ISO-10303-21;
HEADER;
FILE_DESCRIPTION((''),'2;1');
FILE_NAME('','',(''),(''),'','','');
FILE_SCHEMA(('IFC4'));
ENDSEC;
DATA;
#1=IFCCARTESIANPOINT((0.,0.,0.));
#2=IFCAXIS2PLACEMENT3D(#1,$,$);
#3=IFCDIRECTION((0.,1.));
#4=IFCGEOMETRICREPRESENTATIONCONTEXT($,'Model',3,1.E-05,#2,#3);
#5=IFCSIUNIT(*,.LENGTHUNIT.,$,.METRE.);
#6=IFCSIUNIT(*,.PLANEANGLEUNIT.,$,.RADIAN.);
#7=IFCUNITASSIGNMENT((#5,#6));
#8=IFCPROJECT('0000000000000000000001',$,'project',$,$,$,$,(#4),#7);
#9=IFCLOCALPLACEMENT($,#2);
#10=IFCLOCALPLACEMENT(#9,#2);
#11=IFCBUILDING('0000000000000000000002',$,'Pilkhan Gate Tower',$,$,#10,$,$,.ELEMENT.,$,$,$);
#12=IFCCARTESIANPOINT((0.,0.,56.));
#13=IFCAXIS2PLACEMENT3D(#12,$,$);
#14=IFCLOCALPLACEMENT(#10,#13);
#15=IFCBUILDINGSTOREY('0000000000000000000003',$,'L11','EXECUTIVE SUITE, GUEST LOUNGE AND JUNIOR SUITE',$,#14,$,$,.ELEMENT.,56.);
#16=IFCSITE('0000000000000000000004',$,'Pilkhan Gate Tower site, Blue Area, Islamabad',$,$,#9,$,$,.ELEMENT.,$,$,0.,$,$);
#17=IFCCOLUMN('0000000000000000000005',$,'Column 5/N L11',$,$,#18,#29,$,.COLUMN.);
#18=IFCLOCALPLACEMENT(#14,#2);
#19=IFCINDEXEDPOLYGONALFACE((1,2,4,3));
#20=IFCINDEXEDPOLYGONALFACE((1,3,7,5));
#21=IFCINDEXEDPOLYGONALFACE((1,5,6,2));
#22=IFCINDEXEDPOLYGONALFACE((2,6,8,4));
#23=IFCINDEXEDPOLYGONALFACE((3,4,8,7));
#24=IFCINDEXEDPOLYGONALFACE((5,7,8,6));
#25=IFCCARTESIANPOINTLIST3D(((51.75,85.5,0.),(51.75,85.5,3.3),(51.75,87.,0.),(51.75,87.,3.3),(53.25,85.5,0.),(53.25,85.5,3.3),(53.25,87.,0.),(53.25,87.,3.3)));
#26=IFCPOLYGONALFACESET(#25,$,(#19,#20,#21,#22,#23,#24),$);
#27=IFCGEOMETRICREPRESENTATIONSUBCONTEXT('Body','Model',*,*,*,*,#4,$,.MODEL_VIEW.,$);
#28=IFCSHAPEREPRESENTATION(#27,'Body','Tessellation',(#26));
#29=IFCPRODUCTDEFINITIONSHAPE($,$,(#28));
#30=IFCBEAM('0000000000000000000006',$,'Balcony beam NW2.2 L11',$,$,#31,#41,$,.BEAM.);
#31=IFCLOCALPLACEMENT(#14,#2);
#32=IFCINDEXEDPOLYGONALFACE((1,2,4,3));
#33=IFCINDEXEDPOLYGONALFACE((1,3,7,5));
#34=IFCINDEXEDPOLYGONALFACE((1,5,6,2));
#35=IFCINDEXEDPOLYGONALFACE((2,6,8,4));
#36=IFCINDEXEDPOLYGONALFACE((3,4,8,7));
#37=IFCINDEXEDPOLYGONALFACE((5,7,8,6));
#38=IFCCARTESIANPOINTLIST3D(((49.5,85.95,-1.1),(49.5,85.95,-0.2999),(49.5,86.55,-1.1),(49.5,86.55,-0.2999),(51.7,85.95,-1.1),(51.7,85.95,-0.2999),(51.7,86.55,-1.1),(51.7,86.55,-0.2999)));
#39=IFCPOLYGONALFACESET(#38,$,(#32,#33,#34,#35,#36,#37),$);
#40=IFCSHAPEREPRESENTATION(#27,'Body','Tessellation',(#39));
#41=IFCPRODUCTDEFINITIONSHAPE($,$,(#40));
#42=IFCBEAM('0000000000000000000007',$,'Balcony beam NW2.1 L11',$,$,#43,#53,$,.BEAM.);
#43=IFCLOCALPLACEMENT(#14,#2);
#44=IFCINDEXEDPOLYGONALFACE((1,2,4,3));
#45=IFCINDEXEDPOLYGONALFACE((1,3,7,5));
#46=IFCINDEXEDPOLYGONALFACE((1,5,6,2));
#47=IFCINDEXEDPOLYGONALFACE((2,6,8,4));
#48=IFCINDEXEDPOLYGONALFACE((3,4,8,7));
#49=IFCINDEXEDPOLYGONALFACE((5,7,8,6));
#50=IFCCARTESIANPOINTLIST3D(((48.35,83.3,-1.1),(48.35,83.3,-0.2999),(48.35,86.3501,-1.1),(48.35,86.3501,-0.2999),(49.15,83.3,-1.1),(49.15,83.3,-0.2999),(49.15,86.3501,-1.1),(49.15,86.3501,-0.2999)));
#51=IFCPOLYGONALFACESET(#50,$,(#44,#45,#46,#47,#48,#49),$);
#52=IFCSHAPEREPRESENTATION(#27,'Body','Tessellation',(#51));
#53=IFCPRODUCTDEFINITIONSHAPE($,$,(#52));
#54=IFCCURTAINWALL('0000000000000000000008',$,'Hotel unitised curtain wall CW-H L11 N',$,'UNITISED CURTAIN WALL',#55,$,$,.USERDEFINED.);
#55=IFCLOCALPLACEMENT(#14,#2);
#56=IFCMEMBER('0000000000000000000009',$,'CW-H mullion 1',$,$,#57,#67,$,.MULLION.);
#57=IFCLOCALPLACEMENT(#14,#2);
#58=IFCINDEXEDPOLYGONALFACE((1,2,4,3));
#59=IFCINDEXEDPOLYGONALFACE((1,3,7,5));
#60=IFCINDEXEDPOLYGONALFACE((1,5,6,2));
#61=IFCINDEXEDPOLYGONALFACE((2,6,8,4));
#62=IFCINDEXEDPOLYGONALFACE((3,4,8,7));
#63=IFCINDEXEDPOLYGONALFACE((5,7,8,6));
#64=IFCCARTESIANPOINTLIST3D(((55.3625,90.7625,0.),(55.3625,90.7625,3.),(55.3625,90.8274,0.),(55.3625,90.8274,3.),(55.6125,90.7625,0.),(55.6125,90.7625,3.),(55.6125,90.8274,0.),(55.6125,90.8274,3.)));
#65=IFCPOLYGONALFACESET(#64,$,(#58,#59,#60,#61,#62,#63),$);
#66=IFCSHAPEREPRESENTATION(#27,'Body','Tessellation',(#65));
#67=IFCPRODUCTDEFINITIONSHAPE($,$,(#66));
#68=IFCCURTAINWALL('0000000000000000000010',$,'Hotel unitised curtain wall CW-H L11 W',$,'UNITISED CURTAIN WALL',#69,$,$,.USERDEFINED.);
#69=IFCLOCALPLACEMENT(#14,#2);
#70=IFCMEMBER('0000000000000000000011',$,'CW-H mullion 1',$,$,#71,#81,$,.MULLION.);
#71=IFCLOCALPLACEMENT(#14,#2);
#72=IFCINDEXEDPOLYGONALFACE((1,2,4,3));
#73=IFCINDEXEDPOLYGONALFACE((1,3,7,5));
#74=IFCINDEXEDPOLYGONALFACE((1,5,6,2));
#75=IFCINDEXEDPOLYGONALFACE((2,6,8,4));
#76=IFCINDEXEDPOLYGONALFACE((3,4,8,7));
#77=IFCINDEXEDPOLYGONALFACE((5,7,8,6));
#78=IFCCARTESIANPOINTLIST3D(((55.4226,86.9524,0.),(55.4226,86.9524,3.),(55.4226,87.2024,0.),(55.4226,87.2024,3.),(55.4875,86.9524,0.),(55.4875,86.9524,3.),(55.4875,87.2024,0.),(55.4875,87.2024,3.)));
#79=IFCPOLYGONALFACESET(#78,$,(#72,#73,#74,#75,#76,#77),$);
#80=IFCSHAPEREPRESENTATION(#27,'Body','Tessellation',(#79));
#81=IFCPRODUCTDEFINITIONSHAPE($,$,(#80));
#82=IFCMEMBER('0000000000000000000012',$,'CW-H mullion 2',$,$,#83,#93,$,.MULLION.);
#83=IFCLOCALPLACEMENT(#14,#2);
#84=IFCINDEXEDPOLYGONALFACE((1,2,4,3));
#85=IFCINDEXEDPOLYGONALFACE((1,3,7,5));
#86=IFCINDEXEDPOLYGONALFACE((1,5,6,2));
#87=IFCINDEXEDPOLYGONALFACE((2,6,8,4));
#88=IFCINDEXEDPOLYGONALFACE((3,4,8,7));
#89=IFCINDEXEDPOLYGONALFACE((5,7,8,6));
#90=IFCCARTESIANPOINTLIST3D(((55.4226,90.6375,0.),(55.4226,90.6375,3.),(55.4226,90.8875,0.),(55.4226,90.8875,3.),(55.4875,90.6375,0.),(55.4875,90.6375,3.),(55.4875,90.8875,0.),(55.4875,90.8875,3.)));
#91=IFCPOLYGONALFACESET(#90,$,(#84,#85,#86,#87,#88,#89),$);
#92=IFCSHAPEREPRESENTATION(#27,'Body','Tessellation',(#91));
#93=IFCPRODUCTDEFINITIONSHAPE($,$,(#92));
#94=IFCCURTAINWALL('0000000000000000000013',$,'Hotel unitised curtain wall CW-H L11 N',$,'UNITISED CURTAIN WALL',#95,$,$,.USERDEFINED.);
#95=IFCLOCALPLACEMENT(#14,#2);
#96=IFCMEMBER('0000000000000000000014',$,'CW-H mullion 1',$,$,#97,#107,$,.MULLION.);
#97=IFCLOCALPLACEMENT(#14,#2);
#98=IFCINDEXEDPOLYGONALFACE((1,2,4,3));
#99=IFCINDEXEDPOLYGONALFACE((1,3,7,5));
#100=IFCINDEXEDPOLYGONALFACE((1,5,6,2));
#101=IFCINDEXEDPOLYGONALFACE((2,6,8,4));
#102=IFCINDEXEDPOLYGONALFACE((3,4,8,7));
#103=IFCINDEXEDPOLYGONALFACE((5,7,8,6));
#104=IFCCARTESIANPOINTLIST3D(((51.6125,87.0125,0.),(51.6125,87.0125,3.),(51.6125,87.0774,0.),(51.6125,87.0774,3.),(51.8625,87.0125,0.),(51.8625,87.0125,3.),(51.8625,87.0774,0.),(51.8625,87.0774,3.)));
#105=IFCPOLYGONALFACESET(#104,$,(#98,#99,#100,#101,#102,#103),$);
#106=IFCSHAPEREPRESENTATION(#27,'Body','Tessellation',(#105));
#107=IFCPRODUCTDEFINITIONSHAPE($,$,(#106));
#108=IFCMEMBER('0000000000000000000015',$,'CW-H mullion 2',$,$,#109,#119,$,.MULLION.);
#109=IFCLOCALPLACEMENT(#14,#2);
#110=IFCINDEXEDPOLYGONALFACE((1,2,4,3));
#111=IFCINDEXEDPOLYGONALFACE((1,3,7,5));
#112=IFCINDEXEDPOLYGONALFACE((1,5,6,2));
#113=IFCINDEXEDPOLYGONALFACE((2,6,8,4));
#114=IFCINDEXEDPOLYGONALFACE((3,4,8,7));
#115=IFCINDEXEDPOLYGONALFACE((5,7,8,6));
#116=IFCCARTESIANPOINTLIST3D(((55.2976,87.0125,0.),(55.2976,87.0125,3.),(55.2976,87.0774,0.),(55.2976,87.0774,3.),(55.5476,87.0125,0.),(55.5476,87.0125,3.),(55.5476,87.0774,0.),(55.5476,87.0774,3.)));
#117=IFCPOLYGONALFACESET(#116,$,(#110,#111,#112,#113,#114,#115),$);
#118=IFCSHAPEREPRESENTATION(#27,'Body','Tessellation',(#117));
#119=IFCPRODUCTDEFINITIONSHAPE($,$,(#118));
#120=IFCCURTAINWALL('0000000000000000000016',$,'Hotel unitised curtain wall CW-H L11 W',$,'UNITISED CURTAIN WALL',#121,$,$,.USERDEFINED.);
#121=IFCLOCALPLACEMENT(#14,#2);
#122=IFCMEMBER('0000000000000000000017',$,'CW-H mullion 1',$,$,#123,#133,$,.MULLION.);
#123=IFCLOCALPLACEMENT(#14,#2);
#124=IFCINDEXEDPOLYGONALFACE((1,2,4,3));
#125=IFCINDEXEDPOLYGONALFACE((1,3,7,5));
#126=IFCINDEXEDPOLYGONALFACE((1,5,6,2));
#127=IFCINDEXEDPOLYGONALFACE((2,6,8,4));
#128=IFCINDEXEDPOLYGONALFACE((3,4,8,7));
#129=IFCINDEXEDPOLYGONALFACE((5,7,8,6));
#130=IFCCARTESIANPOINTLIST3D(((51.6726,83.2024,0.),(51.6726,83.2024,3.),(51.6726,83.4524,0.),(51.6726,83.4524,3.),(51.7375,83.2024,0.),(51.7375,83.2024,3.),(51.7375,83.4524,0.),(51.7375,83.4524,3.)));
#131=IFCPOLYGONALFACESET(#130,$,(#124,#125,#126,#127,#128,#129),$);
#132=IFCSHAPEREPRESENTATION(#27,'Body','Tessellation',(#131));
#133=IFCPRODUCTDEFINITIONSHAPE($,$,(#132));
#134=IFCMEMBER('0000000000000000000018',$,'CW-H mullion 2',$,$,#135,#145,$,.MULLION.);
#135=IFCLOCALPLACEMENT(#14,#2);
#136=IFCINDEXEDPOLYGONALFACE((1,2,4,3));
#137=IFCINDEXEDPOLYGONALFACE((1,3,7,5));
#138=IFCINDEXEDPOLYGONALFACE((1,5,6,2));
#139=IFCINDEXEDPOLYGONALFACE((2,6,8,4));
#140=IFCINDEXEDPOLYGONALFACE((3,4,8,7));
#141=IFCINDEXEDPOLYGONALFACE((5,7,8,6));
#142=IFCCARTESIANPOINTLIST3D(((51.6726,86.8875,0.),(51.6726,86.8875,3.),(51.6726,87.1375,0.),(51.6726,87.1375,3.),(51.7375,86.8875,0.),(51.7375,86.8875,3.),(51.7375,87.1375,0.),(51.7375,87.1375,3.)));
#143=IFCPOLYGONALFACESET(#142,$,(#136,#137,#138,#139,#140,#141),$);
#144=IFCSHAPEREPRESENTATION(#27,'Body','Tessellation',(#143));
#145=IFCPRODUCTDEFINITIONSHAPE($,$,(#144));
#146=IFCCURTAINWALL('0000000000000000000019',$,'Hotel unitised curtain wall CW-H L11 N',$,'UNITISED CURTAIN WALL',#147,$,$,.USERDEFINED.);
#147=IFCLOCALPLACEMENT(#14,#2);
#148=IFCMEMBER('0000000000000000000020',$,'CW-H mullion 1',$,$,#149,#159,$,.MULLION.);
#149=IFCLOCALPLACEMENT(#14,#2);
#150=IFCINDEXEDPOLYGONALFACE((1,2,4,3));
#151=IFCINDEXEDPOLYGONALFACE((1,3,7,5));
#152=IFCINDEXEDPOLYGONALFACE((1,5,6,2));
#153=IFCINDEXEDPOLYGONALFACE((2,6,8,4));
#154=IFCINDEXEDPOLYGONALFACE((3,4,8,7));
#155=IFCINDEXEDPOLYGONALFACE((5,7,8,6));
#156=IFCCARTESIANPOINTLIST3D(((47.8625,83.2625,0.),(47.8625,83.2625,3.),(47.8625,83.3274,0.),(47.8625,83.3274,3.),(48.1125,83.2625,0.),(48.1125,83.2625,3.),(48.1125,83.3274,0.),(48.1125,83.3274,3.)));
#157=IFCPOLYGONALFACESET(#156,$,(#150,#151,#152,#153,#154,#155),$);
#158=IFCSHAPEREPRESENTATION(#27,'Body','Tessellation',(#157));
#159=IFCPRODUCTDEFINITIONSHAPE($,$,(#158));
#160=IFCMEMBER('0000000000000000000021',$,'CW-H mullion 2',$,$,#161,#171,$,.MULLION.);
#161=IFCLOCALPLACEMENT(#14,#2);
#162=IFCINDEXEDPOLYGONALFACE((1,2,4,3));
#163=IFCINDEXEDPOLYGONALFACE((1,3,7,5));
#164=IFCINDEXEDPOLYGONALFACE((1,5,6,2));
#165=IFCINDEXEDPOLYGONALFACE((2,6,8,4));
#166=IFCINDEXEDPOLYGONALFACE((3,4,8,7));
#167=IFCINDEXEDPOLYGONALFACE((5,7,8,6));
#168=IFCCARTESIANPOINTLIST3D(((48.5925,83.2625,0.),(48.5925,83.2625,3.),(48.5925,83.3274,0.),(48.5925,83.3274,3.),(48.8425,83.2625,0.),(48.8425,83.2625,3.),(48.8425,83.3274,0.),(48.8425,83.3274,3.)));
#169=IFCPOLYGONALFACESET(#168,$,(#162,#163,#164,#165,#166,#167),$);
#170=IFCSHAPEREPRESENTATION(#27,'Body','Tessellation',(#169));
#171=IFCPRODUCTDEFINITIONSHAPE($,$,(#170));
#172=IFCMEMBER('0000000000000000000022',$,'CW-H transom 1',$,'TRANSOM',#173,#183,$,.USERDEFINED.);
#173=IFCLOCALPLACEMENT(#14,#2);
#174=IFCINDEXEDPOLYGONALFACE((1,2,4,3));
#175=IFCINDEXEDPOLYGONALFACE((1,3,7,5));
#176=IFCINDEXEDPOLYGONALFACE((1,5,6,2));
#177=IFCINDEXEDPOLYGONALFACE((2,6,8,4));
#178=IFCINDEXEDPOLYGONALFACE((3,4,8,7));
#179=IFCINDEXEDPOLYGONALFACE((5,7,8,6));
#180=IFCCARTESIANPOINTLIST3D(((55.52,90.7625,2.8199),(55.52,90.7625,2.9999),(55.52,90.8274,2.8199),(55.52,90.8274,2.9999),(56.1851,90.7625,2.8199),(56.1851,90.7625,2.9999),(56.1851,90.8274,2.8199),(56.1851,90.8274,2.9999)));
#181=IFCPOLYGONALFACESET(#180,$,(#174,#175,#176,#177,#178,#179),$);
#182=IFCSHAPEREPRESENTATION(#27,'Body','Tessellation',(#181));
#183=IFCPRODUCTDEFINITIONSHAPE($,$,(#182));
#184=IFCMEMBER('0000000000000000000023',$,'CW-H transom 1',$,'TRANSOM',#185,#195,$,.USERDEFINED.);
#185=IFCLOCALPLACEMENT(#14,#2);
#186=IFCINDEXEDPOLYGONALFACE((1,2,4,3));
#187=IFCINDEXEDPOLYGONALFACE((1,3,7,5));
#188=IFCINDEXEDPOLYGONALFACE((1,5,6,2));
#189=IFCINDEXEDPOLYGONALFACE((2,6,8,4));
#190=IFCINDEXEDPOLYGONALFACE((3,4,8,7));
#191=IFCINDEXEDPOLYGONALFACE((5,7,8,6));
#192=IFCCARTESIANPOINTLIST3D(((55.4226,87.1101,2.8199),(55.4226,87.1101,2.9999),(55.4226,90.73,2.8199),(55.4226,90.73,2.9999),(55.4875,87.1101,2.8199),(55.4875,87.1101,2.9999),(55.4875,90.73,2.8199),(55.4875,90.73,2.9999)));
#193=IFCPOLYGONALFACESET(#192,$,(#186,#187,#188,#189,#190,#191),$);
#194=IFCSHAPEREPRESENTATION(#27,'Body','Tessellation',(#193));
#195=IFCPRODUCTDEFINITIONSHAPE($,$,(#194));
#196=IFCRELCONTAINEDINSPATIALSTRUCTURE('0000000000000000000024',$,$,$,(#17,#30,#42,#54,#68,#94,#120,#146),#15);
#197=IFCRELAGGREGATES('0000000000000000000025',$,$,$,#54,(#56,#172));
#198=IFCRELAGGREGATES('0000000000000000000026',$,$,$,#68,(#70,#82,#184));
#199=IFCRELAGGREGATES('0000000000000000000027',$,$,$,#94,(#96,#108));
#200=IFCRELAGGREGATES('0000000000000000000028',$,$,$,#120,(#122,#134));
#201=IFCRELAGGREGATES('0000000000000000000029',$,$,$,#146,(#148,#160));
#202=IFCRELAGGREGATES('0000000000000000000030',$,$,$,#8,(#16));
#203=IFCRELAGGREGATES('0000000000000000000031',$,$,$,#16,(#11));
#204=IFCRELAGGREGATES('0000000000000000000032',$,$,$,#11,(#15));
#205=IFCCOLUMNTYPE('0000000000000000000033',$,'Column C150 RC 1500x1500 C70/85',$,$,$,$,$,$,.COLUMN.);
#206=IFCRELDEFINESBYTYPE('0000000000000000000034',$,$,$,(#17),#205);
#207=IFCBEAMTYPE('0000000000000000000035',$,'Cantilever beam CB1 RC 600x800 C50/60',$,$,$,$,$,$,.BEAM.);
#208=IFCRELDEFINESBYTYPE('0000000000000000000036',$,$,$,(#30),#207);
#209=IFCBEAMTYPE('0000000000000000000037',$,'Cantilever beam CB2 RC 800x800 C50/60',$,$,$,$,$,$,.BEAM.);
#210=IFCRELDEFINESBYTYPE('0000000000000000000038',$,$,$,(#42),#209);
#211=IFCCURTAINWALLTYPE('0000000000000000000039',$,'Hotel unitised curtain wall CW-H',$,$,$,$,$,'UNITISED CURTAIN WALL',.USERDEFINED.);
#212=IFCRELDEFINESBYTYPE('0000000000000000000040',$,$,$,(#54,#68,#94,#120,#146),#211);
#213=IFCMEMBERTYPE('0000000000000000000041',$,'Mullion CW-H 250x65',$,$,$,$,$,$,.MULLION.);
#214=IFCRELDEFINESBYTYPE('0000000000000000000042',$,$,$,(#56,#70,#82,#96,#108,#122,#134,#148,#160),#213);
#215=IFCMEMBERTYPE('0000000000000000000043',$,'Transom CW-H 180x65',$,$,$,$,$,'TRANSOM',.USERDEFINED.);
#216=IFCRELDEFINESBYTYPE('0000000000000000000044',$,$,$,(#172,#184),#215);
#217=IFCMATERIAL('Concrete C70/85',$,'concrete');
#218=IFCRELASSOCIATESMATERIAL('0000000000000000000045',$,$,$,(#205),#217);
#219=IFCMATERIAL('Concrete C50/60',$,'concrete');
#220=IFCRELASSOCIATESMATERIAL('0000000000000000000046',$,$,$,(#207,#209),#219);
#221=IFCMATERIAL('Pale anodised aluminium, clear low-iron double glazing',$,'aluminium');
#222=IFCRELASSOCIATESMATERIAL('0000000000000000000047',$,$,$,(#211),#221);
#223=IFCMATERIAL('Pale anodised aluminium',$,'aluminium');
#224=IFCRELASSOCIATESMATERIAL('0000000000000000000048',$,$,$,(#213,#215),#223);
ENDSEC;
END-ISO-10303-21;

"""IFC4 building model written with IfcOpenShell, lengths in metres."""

from ifc_helpers import new_model, si_unit, direction, frame, origin, origin_2d, place, context, subcontext, project, spatial, rectangle, extrude, material, material_profile, profile_set, type_object, element, aggregate, save


model = new_model("IFC4")

# Units and contexts
model_context = context("Model", 3, precision=1e-05, world=origin(), true_north=direction((0.0, 1.0)))
body_context = subcontext(model_context, "Body", "Model", "MODEL_VIEW")
ifc_project = project(units=[si_unit("LENGTHUNIT", "METRE"), si_unit("PLANEANGLEUNIT", "RADIAN")], contexts=[model_context])

# Site, building, storey
site_placement = place(None, origin())
site = spatial("IfcSite", under=ifc_project, at=site_placement, Name="Pilkhan Gate Tower site, Blue Area, Islamabad", CompositionType="ELEMENT", RefElevation=0.0)
building_placement = place(site_placement, origin())
building = spatial("IfcBuilding", under=site, at=building_placement, Name="Pilkhan Gate Tower", CompositionType="ELEMENT")
storey_placement = place(building_placement, frame((0.0, 0.0, 56.0)))
storey = spatial("IfcBuildingStorey", under=building, at=storey_placement, Name="L11", Description="EXECUTIVE SUITE, GUEST LOUNGE AND JUNIOR SUITE", CompositionType="ELEMENT", Elevation=56.0)

# Column
ifc_material_1 = material(Name="Concrete C70/85", Category="concrete")
ifc_material_profile_1 = material_profile(ifc_material_1, rectangle(XDim=1.5, YDim=1.5, at=origin_2d()), Name="RC 1500x1500")
ifc_profile_set_1 = profile_set([ifc_material_profile_1], Name="Concrete C70/85")
column_type = type_object("IfcColumnType", Name="Column C150 RC 1500x1500 C70/85", PredefinedType="COLUMN", material=ifc_profile_set_1)
column_placement = place(storey_placement, frame((52.5, 86.25, 0.0), z_axis=(0.0, 0.0, 1.0), x_axis=(1.0, 0.0, 0.0)))
element("IfcColumn", 1, at=column_placement, inside=storey, type_object=column_type, Name="Column 5/N L11", PredefinedType="COLUMN", context=body_context, shape_type="SweptSolid", body=[
    extrude(rectangle(XDim=1.5, YDim=1.5, at=origin_2d()), origin(), (0.0, 0.0, 1.0), 3.3),
])

# Beams
ifc_material_2 = material(Name="Concrete C50/60", Category="concrete")
ifc_material_profile_2 = material_profile(ifc_material_2, rectangle(XDim=0.6001, YDim=0.8, at=origin_2d()), Name="RC 600x800")
ifc_profile_set_2 = profile_set([ifc_material_profile_2], Name="Concrete C50/60")
beam_type_1 = type_object("IfcBeamType", Name="Cantilever beam CB1 RC 600x800 C50/60", PredefinedType="BEAM", material=ifc_profile_set_2)
beam_1_placement = place(storey_placement, frame((51.7, 86.25, -0.7), z_axis=(-1.0, 0.0, 0.0), x_axis=(0.0, -1.0, 0.0)))
element("IfcBeam", 2, at=beam_1_placement, inside=storey, type_object=beam_type_1, Name="Balcony beam NW2.2 L11", PredefinedType="BEAM", context=body_context, shape_type="SweptSolid", body=[
    extrude(rectangle(XDim=0.6001, YDim=0.8, at=origin_2d()), origin(), (0.0, 0.0, 1.0), 2.2),
])
ifc_material_profile_3 = material_profile(ifc_material_2, rectangle(XDim=0.8, YDim=0.8, at=origin_2d()), Name="RC 800x800")
ifc_profile_set_3 = profile_set([ifc_material_profile_3], Name="Concrete C50/60")
beam_type_2 = type_object("IfcBeamType", Name="Cantilever beam CB2 RC 800x800 C50/60", PredefinedType="BEAM", material=ifc_profile_set_3)
beam_2_placement = place(storey_placement, frame((48.75, 83.3, -0.7), z_axis=(0.0, 1.0, 0.0), x_axis=(-1.0, 0.0, 0.0)))
element("IfcBeam", 3, at=beam_2_placement, inside=storey, type_object=beam_type_2, Name="Balcony beam NW2.1 L11", PredefinedType="BEAM", context=body_context, shape_type="SweptSolid", body=[
    extrude(rectangle(XDim=0.8, YDim=0.8, at=origin_2d()), origin(), (0.0, 0.0, 1.0), 3.05),
])

# Curtain wall, member
ifc_material_3 = material(Name="Pale anodised aluminium, clear low-iron double glazing", Category="aluminium")
curtain_wall_type = type_object("IfcCurtainWallType", Name="Hotel unitised curtain wall CW-H", ElementType="UNITISED CURTAIN WALL", PredefinedType="USERDEFINED", material=ifc_material_3)
curtain_wall_1_placement = place(storey_placement, origin())
curtain_wall_1 = element("IfcCurtainWall", 4, at=curtain_wall_1_placement, inside=storey, type_object=curtain_wall_type, Name="Hotel unitised curtain wall CW-H L11 N", ObjectType="UNITISED CURTAIN WALL", PredefinedType="USERDEFINED")
ifc_material_4 = material(Name="Pale anodised aluminium", Category="aluminium")
ifc_material_profile_4 = material_profile(ifc_material_4, rectangle(XDim=0.0649, YDim=0.25, at=origin_2d()), Name="Mullion 250x65")
ifc_profile_set_4 = profile_set([ifc_material_profile_4], Name="Pale anodised aluminium")
member_type_1 = type_object("IfcMemberType", Name="Mullion CW-H 250x65", PredefinedType="MULLION", material=ifc_profile_set_4)
member_1_placement = place(storey_placement, frame((55.4875, 90.7949, 0.0), z_axis=(0.0, 0.0, 1.0), x_axis=(0.0, 1.0, 0.0)))
member_1 = element("IfcMember", 5, at=member_1_placement, type_object=member_type_1, Name="CW-H mullion 1", PredefinedType="MULLION", context=body_context, shape_type="SweptSolid", body=[
    extrude(rectangle(XDim=0.0649, YDim=0.25, at=origin_2d()), origin(), (0.0, 0.0, 1.0), 3.0),
])

# Curtain walls, members
curtain_wall_2_placement = place(storey_placement, origin())
curtain_wall_2 = element("IfcCurtainWall", 6, at=curtain_wall_2_placement, inside=storey, type_object=curtain_wall_type, Name="Hotel unitised curtain wall CW-H L11 W", ObjectType="UNITISED CURTAIN WALL", PredefinedType="USERDEFINED")
member_2_placement = place(storey_placement, frame((55.4551, 87.0774, 0.0), z_axis=(0.0, 0.0, 1.0), x_axis=(-1.0, 0.0, 0.0)))
member_2 = element("IfcMember", 7, at=member_2_placement, type_object=member_type_1, Name="CW-H mullion 1", PredefinedType="MULLION", context=body_context, shape_type="SweptSolid", body=[
    extrude(rectangle(XDim=0.0649, YDim=0.25, at=origin_2d()), origin(), (0.0, 0.0, 1.0), 3.0),
])
member_3_placement = place(storey_placement, frame((55.4551, 90.7625, 0.0), z_axis=(0.0, 0.0, 1.0), x_axis=(-1.0, 0.0, 0.0)))
member_3 = element("IfcMember", 8, at=member_3_placement, type_object=member_type_1, Name="CW-H mullion 2", PredefinedType="MULLION", context=body_context, shape_type="SweptSolid", body=[
    extrude(rectangle(XDim=0.0649, YDim=0.25, at=origin_2d()), origin(), (0.0, 0.0, 1.0), 3.0),
])
curtain_wall_3_placement = place(storey_placement, origin())
curtain_wall_3 = element("IfcCurtainWall", 9, at=curtain_wall_3_placement, inside=storey, type_object=curtain_wall_type, Name="Hotel unitised curtain wall CW-H L11 N", ObjectType="UNITISED CURTAIN WALL", PredefinedType="USERDEFINED")
member_4_placement = place(storey_placement, frame((51.7375, 87.0449, 0.0), z_axis=(0.0, 0.0, 1.0), x_axis=(0.0, 1.0, 0.0)))
member_4 = element("IfcMember", 10, at=member_4_placement, type_object=member_type_1, Name="CW-H mullion 1", PredefinedType="MULLION", context=body_context, shape_type="SweptSolid", body=[
    extrude(rectangle(XDim=0.0649, YDim=0.25, at=origin_2d()), origin(), (0.0, 0.0, 1.0), 3.0),
])
member_5_placement = place(storey_placement, frame((55.4226, 87.0449, 0.0), z_axis=(0.0, 0.0, 1.0), x_axis=(0.0, 1.0, 0.0)))
member_5 = element("IfcMember", 11, at=member_5_placement, type_object=member_type_1, Name="CW-H mullion 2", PredefinedType="MULLION", context=body_context, shape_type="SweptSolid", body=[
    extrude(rectangle(XDim=0.0649, YDim=0.25, at=origin_2d()), origin(), (0.0, 0.0, 1.0), 3.0),
])
curtain_wall_4_placement = place(storey_placement, origin())
curtain_wall_4 = element("IfcCurtainWall", 12, at=curtain_wall_4_placement, inside=storey, type_object=curtain_wall_type, Name="Hotel unitised curtain wall CW-H L11 W", ObjectType="UNITISED CURTAIN WALL", PredefinedType="USERDEFINED")
member_6_placement = place(storey_placement, frame((51.7051, 83.3274, 0.0), z_axis=(0.0, 0.0, 1.0), x_axis=(-1.0, 0.0, 0.0)))
member_6 = element("IfcMember", 13, at=member_6_placement, type_object=member_type_1, Name="CW-H mullion 1", PredefinedType="MULLION", context=body_context, shape_type="SweptSolid", body=[
    extrude(rectangle(XDim=0.0649, YDim=0.25, at=origin_2d()), origin(), (0.0, 0.0, 1.0), 3.0),
])
member_7_placement = place(storey_placement, frame((51.7051, 87.0125, 0.0), z_axis=(0.0, 0.0, 1.0), x_axis=(-1.0, 0.0, 0.0)))
member_7 = element("IfcMember", 14, at=member_7_placement, type_object=member_type_1, Name="CW-H mullion 2", PredefinedType="MULLION", context=body_context, shape_type="SweptSolid", body=[
    extrude(rectangle(XDim=0.0649, YDim=0.25, at=origin_2d()), origin(), (0.0, 0.0, 1.0), 3.0),
])
curtain_wall_5_placement = place(storey_placement, origin())
curtain_wall_5 = element("IfcCurtainWall", 15, at=curtain_wall_5_placement, inside=storey, type_object=curtain_wall_type, Name="Hotel unitised curtain wall CW-H L11 N", ObjectType="UNITISED CURTAIN WALL", PredefinedType="USERDEFINED")
member_8_placement = place(storey_placement, frame((47.9875, 83.2949, 0.0), z_axis=(0.0, 0.0, 1.0), x_axis=(0.0, 1.0, 0.0)))
member_8 = element("IfcMember", 16, at=member_8_placement, type_object=member_type_1, Name="CW-H mullion 1", PredefinedType="MULLION", context=body_context, shape_type="SweptSolid", body=[
    extrude(rectangle(XDim=0.0649, YDim=0.25, at=origin_2d()), origin(), (0.0, 0.0, 1.0), 3.0),
])
member_9_placement = place(storey_placement, frame((48.7175, 83.2949, 0.0), z_axis=(0.0, 0.0, 1.0), x_axis=(0.0, 1.0, 0.0)))
member_9 = element("IfcMember", 17, at=member_9_placement, type_object=member_type_1, Name="CW-H mullion 2", PredefinedType="MULLION", context=body_context, shape_type="SweptSolid", body=[
    extrude(rectangle(XDim=0.0649, YDim=0.25, at=origin_2d()), origin(), (0.0, 0.0, 1.0), 3.0),
])

# Members
ifc_material_profile_5 = material_profile(ifc_material_4, rectangle(XDim=0.0649, YDim=0.1799, at=origin_2d()), Name="Transom 180x65")
ifc_profile_set_5 = profile_set([ifc_material_profile_5], Name="Pale anodised aluminium")
member_type_2 = type_object("IfcMemberType", Name="Transom CW-H 180x65", ElementType="TRANSOM", PredefinedType="USERDEFINED", material=ifc_profile_set_5)
member_10_placement = place(storey_placement, frame((55.52, 90.7949, 2.9099), z_axis=(1.0, 0.0, 0.0), x_axis=(0.0, 1.0, 0.0)))
member_10 = element("IfcMember", 18, at=member_10_placement, type_object=member_type_2, Name="CW-H transom 1", ObjectType="TRANSOM", PredefinedType="USERDEFINED", context=body_context, shape_type="SweptSolid", body=[
    extrude(rectangle(XDim=0.0649, YDim=0.1799, at=origin_2d()), origin(), (0.0, 0.0, 1.0), 0.665),
])
member_11_placement = place(storey_placement, frame((55.4551, 87.1101, 2.9099), z_axis=(0.0, 1.0, 0.0), x_axis=(-1.0, 0.0, 0.0)))
member_11 = element("IfcMember", 19, at=member_11_placement, type_object=member_type_2, Name="CW-H transom 1", ObjectType="TRANSOM", PredefinedType="USERDEFINED", context=body_context, shape_type="SweptSolid", body=[
    extrude(rectangle(XDim=0.0649, YDim=0.1799, at=origin_2d()), origin(), (0.0, 0.0, 1.0), 3.6199),
])

aggregate(curtain_wall_1, [member_1, member_10])
aggregate(curtain_wall_2, [member_2, member_3, member_11])
aggregate(curtain_wall_3, [member_4, member_5])
aggregate(curtain_wall_4, [member_6, member_7])
aggregate(curtain_wall_5, [member_8, member_9])

save(model, "model.ifc")
